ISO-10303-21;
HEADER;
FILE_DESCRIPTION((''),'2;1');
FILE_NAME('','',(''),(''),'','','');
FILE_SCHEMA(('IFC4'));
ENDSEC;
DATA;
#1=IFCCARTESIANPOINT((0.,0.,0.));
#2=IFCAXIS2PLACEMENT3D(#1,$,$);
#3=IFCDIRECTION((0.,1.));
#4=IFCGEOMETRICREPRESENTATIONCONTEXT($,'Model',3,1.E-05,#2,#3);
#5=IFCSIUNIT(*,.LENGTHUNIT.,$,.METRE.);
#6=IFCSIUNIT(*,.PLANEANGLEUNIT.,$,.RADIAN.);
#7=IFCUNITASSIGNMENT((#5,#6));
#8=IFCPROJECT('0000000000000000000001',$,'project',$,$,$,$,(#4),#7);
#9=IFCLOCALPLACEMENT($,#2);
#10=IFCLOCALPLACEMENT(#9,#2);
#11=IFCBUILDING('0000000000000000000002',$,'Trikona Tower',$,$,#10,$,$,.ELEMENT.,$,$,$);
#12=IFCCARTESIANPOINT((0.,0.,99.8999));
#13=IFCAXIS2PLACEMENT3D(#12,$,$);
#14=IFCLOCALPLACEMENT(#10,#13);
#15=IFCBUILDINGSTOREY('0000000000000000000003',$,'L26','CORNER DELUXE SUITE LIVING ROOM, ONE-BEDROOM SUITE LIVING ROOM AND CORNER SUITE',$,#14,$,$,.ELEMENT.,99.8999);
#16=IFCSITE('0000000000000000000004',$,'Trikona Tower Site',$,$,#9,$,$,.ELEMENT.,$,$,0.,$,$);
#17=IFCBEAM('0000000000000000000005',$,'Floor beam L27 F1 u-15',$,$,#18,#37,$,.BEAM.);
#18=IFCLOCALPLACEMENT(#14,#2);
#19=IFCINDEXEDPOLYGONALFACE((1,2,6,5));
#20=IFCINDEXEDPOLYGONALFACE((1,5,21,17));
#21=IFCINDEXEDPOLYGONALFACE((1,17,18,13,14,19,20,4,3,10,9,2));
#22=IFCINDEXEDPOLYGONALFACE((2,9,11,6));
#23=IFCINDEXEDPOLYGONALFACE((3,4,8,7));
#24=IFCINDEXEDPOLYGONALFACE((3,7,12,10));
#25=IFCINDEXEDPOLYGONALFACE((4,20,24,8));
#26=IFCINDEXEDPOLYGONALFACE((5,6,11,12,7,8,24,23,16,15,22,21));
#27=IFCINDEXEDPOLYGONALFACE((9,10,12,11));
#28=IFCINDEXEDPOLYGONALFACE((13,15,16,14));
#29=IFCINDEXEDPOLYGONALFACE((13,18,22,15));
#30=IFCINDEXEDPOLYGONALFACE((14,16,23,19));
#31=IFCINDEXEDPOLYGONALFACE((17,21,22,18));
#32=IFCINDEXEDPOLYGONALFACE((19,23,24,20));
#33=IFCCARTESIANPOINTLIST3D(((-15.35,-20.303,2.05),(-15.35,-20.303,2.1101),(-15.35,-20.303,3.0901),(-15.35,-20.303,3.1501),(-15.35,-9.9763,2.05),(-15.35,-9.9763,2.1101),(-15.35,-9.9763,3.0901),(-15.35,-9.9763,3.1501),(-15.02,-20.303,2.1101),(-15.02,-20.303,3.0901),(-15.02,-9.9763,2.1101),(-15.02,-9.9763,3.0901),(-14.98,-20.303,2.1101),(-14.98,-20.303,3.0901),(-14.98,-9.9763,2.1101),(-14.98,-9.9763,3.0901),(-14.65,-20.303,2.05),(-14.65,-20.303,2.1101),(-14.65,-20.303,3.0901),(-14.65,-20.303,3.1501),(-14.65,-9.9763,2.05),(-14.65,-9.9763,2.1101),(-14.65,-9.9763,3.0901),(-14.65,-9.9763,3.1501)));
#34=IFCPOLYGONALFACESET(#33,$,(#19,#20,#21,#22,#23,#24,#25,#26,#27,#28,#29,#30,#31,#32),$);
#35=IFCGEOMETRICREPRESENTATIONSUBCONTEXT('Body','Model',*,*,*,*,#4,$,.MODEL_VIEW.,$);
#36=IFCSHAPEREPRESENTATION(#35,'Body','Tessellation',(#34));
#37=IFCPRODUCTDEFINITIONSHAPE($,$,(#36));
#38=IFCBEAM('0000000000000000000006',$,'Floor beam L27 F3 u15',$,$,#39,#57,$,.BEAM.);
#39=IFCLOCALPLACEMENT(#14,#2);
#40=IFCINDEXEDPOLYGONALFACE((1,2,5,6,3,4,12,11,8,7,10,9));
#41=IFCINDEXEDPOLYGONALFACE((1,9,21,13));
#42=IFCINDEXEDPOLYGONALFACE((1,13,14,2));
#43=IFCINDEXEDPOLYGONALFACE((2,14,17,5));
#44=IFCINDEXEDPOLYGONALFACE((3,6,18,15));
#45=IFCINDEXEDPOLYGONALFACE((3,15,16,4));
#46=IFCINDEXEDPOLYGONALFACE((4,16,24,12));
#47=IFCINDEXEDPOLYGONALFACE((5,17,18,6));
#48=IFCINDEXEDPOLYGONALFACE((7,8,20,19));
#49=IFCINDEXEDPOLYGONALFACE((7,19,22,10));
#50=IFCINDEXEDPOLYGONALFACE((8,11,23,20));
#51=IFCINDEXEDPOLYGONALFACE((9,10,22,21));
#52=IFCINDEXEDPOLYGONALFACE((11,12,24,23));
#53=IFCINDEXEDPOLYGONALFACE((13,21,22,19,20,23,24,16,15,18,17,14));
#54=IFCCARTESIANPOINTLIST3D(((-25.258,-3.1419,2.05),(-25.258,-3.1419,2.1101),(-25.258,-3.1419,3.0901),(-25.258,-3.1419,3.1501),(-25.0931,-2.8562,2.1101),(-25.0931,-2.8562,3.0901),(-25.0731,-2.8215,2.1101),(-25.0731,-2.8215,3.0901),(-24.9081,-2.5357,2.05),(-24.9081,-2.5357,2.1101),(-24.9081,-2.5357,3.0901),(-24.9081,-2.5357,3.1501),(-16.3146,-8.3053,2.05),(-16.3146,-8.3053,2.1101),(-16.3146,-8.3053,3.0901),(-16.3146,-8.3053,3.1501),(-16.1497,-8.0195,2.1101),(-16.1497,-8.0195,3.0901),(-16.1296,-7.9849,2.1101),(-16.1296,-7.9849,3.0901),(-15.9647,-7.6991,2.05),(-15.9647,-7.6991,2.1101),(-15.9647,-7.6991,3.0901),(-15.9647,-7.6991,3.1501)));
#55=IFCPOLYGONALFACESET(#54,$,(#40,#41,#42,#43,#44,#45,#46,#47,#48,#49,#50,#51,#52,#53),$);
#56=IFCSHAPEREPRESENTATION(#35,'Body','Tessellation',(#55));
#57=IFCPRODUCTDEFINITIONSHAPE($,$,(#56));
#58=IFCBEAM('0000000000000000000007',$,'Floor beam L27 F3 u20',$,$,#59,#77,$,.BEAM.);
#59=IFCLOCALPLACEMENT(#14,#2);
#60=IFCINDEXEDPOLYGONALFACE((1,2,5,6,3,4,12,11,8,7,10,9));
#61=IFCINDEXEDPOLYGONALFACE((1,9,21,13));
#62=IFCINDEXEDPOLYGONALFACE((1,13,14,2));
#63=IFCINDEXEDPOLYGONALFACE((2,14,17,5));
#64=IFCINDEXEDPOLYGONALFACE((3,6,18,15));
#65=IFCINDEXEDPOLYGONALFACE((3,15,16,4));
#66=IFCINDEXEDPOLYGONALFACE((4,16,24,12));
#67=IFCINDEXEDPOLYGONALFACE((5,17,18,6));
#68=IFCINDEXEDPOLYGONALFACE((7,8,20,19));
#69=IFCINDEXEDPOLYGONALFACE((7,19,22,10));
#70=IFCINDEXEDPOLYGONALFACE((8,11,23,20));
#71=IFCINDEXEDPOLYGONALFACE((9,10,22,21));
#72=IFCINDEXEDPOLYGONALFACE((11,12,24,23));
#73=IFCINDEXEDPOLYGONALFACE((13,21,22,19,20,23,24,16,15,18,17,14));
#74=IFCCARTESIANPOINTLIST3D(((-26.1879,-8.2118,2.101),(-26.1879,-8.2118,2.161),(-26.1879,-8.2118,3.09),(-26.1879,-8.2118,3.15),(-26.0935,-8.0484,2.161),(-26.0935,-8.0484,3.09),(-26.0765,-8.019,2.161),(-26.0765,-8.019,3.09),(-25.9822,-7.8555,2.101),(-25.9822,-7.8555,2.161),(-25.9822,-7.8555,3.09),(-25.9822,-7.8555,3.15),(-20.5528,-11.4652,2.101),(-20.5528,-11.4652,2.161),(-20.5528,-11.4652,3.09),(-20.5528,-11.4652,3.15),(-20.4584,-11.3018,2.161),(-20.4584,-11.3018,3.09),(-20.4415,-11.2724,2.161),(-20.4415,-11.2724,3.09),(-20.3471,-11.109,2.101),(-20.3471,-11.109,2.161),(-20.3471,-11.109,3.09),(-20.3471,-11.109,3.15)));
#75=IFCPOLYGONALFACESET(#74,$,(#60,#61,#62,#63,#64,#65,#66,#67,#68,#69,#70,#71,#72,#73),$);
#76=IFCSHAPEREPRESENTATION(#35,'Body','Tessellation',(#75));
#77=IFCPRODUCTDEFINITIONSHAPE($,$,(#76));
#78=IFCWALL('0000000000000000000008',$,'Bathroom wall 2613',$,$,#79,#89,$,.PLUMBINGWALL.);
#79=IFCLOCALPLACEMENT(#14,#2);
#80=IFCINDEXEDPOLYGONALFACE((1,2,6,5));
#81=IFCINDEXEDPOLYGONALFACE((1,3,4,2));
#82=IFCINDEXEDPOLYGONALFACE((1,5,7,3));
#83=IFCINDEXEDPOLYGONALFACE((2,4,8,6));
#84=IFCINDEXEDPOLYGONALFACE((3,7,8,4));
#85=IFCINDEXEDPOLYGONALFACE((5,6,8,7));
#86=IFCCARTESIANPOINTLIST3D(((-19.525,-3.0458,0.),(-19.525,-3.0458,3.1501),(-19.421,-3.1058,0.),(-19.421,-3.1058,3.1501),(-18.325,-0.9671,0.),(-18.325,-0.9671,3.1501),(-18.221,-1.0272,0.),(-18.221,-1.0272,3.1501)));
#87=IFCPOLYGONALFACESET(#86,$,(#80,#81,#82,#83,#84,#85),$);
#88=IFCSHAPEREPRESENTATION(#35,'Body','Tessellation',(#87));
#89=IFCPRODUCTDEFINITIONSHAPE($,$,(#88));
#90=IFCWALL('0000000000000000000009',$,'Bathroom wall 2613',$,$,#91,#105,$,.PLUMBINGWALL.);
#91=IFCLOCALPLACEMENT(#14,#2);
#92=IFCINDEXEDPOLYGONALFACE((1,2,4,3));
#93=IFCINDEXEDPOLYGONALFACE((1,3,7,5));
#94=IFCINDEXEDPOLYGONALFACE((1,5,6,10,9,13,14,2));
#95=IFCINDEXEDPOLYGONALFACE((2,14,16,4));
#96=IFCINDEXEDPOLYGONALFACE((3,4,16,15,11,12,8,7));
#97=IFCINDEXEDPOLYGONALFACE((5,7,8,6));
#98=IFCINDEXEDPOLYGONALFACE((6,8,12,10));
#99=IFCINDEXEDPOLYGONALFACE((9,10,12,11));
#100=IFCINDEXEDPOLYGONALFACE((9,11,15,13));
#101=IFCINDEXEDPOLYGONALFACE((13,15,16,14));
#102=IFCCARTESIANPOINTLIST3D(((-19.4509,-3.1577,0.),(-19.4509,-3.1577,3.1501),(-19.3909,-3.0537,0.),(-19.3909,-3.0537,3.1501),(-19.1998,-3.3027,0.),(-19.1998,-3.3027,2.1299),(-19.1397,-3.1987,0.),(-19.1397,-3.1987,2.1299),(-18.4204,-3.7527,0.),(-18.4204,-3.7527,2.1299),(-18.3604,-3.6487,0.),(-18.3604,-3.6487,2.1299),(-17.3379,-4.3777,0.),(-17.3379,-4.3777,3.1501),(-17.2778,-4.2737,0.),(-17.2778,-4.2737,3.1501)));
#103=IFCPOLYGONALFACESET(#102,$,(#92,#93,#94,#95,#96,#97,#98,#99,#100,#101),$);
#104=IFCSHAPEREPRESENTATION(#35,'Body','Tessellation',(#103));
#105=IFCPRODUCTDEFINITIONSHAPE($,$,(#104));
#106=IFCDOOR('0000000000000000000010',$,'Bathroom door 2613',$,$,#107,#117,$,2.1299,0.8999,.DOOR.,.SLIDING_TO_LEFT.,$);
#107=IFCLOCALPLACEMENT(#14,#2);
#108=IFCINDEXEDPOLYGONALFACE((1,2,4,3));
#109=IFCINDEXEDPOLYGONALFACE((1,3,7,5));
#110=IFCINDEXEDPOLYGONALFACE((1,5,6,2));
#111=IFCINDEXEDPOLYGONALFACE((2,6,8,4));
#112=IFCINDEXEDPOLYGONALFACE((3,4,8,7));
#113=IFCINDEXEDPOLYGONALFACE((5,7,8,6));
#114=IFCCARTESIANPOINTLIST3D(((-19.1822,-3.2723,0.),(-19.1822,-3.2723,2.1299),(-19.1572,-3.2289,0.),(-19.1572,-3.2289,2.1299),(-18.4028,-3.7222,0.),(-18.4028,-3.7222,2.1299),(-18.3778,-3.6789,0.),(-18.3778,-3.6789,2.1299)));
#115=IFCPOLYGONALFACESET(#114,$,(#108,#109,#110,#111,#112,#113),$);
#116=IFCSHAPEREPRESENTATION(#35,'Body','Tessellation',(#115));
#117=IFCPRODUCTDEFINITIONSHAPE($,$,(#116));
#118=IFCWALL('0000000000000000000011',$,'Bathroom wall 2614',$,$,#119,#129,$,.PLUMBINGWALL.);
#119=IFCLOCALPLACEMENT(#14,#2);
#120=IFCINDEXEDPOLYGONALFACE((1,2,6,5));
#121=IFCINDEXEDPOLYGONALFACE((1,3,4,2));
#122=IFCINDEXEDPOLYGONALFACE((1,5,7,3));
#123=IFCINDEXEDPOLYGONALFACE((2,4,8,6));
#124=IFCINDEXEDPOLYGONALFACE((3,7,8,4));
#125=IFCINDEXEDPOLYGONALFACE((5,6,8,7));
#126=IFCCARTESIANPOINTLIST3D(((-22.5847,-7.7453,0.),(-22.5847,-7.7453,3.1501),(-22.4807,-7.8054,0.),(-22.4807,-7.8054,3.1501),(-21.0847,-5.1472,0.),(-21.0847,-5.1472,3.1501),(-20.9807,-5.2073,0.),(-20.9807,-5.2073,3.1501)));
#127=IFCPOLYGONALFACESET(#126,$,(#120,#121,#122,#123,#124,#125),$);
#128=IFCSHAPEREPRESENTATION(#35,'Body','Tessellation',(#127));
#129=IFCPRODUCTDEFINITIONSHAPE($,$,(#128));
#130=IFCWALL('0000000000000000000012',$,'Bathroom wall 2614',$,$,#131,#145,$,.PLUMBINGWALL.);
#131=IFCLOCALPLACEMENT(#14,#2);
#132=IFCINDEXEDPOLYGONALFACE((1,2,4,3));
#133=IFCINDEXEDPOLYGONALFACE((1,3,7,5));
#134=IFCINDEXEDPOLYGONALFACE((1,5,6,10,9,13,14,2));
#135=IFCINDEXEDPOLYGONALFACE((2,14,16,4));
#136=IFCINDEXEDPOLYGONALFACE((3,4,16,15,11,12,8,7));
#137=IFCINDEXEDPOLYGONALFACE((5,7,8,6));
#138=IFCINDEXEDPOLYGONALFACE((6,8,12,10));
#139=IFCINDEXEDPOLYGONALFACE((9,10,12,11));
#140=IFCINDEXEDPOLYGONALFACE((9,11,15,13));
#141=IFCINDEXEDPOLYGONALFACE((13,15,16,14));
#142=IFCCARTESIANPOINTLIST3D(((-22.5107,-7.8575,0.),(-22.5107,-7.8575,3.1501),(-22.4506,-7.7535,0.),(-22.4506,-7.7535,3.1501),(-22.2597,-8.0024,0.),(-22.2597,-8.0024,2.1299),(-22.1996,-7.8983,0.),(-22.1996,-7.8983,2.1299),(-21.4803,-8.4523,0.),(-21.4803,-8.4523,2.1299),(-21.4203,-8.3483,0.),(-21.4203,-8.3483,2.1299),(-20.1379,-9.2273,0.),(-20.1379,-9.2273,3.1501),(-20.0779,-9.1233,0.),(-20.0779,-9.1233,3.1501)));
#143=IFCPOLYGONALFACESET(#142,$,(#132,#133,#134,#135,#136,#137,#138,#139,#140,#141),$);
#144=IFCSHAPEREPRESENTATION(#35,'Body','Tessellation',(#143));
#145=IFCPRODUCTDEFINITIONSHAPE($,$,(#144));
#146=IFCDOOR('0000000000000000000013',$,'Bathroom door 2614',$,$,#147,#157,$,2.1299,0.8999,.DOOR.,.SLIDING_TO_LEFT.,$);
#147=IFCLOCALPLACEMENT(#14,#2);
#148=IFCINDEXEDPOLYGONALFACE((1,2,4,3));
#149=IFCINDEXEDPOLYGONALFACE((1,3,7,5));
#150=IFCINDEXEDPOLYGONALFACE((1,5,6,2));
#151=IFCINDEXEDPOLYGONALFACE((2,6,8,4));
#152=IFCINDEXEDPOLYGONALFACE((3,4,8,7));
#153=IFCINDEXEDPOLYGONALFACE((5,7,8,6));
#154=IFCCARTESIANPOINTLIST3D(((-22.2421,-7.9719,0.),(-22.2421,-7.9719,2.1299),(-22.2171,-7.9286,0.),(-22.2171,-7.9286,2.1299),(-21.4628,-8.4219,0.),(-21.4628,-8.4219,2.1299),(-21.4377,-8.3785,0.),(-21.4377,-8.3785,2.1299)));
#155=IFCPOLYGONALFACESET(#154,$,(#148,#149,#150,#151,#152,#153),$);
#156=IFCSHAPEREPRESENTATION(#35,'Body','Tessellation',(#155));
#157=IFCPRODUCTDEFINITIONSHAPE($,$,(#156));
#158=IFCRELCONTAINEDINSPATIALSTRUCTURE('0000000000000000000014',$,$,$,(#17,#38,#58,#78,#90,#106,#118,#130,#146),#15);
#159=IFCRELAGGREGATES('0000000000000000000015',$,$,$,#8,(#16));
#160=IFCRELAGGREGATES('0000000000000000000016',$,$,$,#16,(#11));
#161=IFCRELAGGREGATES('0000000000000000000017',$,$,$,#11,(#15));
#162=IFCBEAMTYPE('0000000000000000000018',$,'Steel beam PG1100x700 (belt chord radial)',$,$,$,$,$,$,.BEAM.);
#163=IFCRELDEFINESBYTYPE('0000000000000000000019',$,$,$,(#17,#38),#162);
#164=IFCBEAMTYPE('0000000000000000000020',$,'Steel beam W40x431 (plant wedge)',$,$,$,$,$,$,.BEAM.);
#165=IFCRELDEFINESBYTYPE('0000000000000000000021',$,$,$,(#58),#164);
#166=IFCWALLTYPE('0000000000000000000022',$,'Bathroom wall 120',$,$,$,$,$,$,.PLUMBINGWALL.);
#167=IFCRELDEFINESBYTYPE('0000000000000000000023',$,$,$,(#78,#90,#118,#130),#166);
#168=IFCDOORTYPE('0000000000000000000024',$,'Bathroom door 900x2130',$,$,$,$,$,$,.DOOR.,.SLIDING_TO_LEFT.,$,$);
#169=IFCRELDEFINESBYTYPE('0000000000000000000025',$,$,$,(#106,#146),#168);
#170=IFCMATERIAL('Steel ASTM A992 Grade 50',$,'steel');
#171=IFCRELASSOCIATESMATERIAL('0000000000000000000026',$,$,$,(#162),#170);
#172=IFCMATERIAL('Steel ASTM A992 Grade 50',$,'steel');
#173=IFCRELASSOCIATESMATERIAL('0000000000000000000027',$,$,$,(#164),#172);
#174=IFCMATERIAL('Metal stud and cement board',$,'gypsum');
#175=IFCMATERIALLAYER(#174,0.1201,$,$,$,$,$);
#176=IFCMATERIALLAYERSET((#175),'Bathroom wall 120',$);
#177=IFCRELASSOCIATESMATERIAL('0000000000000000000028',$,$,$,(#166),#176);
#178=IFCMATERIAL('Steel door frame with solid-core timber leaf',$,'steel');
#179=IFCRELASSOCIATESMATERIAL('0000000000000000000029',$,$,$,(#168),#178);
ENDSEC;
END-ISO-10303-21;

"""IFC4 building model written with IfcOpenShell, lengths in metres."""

from ifc_helpers import new_model, si_unit, direction, frame, frame_2d, origin, origin_2d, place, context, subcontext, project, spatial, rectangle, i_section, extrude, material, layer, layer_set, material_profile, profile_set, type_object, element, fill, save


model = new_model("IFC4")

# Units and contexts
model_context = context("Model", 3, precision=1e-05, world=origin(), true_north=direction((0.0, 1.0)))
body_context = subcontext(model_context, "Body", "Model", "MODEL_VIEW")
ifc_project = project(units=[si_unit("LENGTHUNIT", "METRE"), si_unit("PLANEANGLEUNIT", "RADIAN")], contexts=[model_context])

# Site, building, storey
site_placement = place(None, origin())
site = spatial("IfcSite", under=ifc_project, at=site_placement, Name="Trikona Tower Site", CompositionType="ELEMENT", RefElevation=0.0)
building_placement = place(site_placement, origin())
building = spatial("IfcBuilding", under=site, at=building_placement, Name="Trikona Tower", CompositionType="ELEMENT")
storey_placement = place(building_placement, frame((0.0, 0.0, 99.8999)))
storey = spatial("IfcBuildingStorey", under=building, at=storey_placement, Name="L26", Description="CORNER DELUXE SUITE LIVING ROOM, ONE-BEDROOM SUITE LIVING ROOM AND CORNER SUITE", CompositionType="ELEMENT", Elevation=99.8999)

# Beams
ifc_material_1 = material(Name="Steel ASTM A992 Grade 50", Category="steel")
ifc_material_profile_1 = material_profile(ifc_material_1, i_section(OverallWidth=0.7, OverallDepth=1.1001, WebThickness=0.04, FlangeThickness=0.0601, at=origin_2d()), Name="PG1100X700")
ifc_profile_set_1 = profile_set([ifc_material_profile_1], Name="Steel ASTM A992 Grade 50")
beam_type_1 = type_object("IfcBeamType", Name="Steel beam PG1100x700 (belt chord radial)", PredefinedType="BEAM", material=ifc_profile_set_1)
beam_1_placement = place(storey_placement, frame((-15.0, -9.9763, 2.6001), z_axis=(0.0, -1.0, 0.0), x_axis=(1.0, 0.0, 0.0)))
element("IfcBeam", 1, at=beam_1_placement, inside=storey, type_object=beam_type_1, Name="Floor beam L27 F1 u-15", PredefinedType="BEAM", context=body_context, shape_type="SweptSolid", body=[
    extrude(i_section(OverallWidth=0.7, OverallDepth=1.1001, WebThickness=0.04, FlangeThickness=0.0601, at=origin_2d()), origin(), (0.0, 0.0, 1.0), 10.3267),
])
beam_2_placement = place(storey_placement, frame((-16.1396, -8.0022, 2.6001), z_axis=(-0.86603, 0.499991, 0.0), x_axis=(-0.499991, -0.86603, 0.0)))
element("IfcBeam", 2, at=beam_2_placement, inside=storey, type_object=beam_type_1, Name="Floor beam L27 F3 u15", PredefinedType="BEAM", context=body_context, shape_type="SweptSolid", body=[
    extrude(i_section(OverallWidth=0.7, OverallDepth=1.1001, WebThickness=0.04, FlangeThickness=0.0601, at=origin_2d()), origin(), (0.0, 0.0, 1.0), 10.3269),
])
ifc_material_2 = material(Name="Steel ASTM A992 Grade 50", Category="steel")
ifc_material_profile_2 = material_profile(ifc_material_2, i_section(OverallWidth=0.4114, OverallDepth=1.0491, WebThickness=0.0339, FlangeThickness=0.0601, at=origin_2d()), Name="W40X431")
ifc_profile_set_2 = profile_set([ifc_material_profile_2], Name="Steel ASTM A992 Grade 50")
beam_type_2 = type_object("IfcBeamType", Name="Steel beam W40x431 (plant wedge)", PredefinedType="BEAM", material=ifc_profile_set_2)
beam_3_placement = place(storey_placement, frame((-20.45, -11.2871, 2.6255), z_axis=(-0.866023, 0.500005, 0.0), x_axis=(-0.500005, -0.866023, 0.0)))
element("IfcBeam", 3, at=beam_3_placement, inside=storey, type_object=beam_type_2, Name="Floor beam L27 F3 u20", PredefinedType="BEAM", context=body_context, shape_type="SweptSolid", body=[
    extrude(i_section(OverallWidth=0.4114, OverallDepth=1.0491, WebThickness=0.0339, FlangeThickness=0.0601, at=origin_2d()), origin(), (0.0, 0.0, 1.0), 6.5068),
])

# Wall
ifc_material_3 = material(Name="Metal stud and cement board", Category="gypsum")
ifc_layer_1 = layer(ifc_material_3, 0.1201)
ifc_layer_set_1 = layer_set([ifc_layer_1], Name="Bathroom wall 120")
wall_type_1 = type_object("IfcWallType", Name="Bathroom wall 120", PredefinedType="PLUMBINGWALL", material=ifc_layer_set_1)
wall_1_placement = place(storey_placement, frame((-18.2729, -0.9971, 0.0), z_axis=(0.0, 0.0, 1.0), x_axis=(-0.499957, -0.86605, 0.0)))
element("IfcWall", 4, at=wall_1_placement, inside=storey, type_object=wall_type_1, Name="Bathroom wall 2613", PredefinedType="PLUMBINGWALL", context=body_context, shape_type="SweptSolid", body=[
    extrude(rectangle(XDim=2.4001, YDim=0.1201, at=frame_2d((1.2002, 0.0))), origin(), (0.0, 0.0, 1.0), 3.1501),
])

# Wall, opening, door
wall_2_placement = place(storey_placement, frame((-17.3079, -4.3257, 0.0), z_axis=(0.0, 0.0, 1.0), x_axis=(-0.866024, 0.500003, 0.0)))
wall_2 = element("IfcWall", 5, at=wall_2_placement, inside=storey, type_object=wall_type_1, Name="Bathroom wall 2613", PredefinedType="PLUMBINGWALL", context=body_context, shape_type="SweptSolid", body=[
    extrude(rectangle(XDim=2.4399, YDim=0.1201, at=frame_2d((1.22, 0.0))), origin(), (0.0, 0.0, 1.0), 3.1501),
])
opening_1_placement = place(wall_2_placement, frame((1.25, 0.0, 0.0)))
opening_1 = element("IfcOpeningElement", 6, at=opening_1_placement, cuts=wall_2, PredefinedType="OPENING", context=body_context, shape_type="SweptSolid", body=[
    extrude(rectangle(XDim=0.8999, YDim=2.1299, at=frame_2d((0.45, 1.0649))), frame((0.0, 0.0701, 0.0), z_axis=(0.0, -1.0, 0.0), x_axis=(1.0, 0.0, 0.0)), (0.0, 0.0, 1.0), 0.1401),
])
ifc_material_4 = material(Name="Steel door frame with solid-core timber leaf", Category="steel")
door_type_1 = type_object("IfcDoorType", Name="Bathroom door 900x2130", OperationType="SLIDING_TO_LEFT", PredefinedType="DOOR", material=ifc_material_4)
door_1_placement = place(opening_1_placement, origin())
door_1 = element("IfcDoor", 7, at=door_1_placement, inside=storey, type_object=door_type_1, Name="Bathroom door 2613", OperationType="SLIDING_TO_LEFT", OverallHeight=2.1299, OverallWidth=0.8999, PredefinedType="DOOR", context=body_context, shape_type="SweptSolid", body=[
    extrude(rectangle(XDim=0.8999, YDim=2.1299, at=frame_2d((0.45, 1.0649))), frame((0.0, 0.0249, 0.0), z_axis=(0.0, -1.0, 0.0), x_axis=(1.0, 0.0, 0.0)), (0.0, 0.0, 1.0), 0.05),
])
fill(opening_1, door_1)

# Wall
wall_3_placement = place(storey_placement, frame((-21.0327, -5.1772, 0.0), z_axis=(0.0, 0.0, 1.0), x_axis=(-0.49999, -0.866031, 0.0)))
element("IfcWall", 8, at=wall_3_placement, inside=storey, type_object=wall_type_1, Name="Bathroom wall 2614", PredefinedType="PLUMBINGWALL", context=body_context, shape_type="SweptSolid", body=[
    extrude(rectangle(XDim=3.0, YDim=0.1201, at=frame_2d((1.5, 0.0))), origin(), (0.0, 0.0, 1.0), 3.1501),
])

# Wall, opening, door
wall_4_placement = place(storey_placement, frame((-20.1079, -9.1753, 0.0), z_axis=(0.0, 0.0, 1.0), x_axis=(-0.866036, 0.499982, 0.0)))
wall_4 = element("IfcWall", 9, at=wall_4_placement, inside=storey, type_object=wall_type_1, Name="Bathroom wall 2614", PredefinedType="PLUMBINGWALL", context=body_context, shape_type="SweptSolid", body=[
    extrude(rectangle(XDim=2.7397, YDim=0.1201, at=frame_2d((1.3699, 0.0))), origin(), (0.0, 0.0, 1.0), 3.1501),
])
opening_2_placement = place(wall_4_placement, frame((1.55, 0.0, 0.0)))
opening_2 = element("IfcOpeningElement", 10, at=opening_2_placement, cuts=wall_4, PredefinedType="OPENING", context=body_context, shape_type="SweptSolid", body=[
    extrude(rectangle(XDim=0.8999, YDim=2.1299, at=frame_2d((0.45, 1.0649))), frame((0.0, 0.0701, 0.0), z_axis=(0.0, -1.0, 0.0), x_axis=(1.0, 0.0, 0.0)), (0.0, 0.0, 1.0), 0.1401),
])
door_2_placement = place(opening_2_placement, origin())
door_2 = element("IfcDoor", 11, at=door_2_placement, inside=storey, type_object=door_type_1, Name="Bathroom door 2614", OperationType="SLIDING_TO_LEFT", OverallHeight=2.1299, OverallWidth=0.8999, PredefinedType="DOOR", context=body_context, shape_type="SweptSolid", body=[
    extrude(rectangle(XDim=0.8999, YDim=2.1299, at=frame_2d((0.45, 1.0649))), frame((0.0, 0.0249, 0.0), z_axis=(0.0, -1.0, 0.0), x_axis=(1.0, 0.0, 0.0)), (0.0, 0.0, 1.0), 0.05),
])
fill(opening_2, door_2)

save(model, "model.ifc")
